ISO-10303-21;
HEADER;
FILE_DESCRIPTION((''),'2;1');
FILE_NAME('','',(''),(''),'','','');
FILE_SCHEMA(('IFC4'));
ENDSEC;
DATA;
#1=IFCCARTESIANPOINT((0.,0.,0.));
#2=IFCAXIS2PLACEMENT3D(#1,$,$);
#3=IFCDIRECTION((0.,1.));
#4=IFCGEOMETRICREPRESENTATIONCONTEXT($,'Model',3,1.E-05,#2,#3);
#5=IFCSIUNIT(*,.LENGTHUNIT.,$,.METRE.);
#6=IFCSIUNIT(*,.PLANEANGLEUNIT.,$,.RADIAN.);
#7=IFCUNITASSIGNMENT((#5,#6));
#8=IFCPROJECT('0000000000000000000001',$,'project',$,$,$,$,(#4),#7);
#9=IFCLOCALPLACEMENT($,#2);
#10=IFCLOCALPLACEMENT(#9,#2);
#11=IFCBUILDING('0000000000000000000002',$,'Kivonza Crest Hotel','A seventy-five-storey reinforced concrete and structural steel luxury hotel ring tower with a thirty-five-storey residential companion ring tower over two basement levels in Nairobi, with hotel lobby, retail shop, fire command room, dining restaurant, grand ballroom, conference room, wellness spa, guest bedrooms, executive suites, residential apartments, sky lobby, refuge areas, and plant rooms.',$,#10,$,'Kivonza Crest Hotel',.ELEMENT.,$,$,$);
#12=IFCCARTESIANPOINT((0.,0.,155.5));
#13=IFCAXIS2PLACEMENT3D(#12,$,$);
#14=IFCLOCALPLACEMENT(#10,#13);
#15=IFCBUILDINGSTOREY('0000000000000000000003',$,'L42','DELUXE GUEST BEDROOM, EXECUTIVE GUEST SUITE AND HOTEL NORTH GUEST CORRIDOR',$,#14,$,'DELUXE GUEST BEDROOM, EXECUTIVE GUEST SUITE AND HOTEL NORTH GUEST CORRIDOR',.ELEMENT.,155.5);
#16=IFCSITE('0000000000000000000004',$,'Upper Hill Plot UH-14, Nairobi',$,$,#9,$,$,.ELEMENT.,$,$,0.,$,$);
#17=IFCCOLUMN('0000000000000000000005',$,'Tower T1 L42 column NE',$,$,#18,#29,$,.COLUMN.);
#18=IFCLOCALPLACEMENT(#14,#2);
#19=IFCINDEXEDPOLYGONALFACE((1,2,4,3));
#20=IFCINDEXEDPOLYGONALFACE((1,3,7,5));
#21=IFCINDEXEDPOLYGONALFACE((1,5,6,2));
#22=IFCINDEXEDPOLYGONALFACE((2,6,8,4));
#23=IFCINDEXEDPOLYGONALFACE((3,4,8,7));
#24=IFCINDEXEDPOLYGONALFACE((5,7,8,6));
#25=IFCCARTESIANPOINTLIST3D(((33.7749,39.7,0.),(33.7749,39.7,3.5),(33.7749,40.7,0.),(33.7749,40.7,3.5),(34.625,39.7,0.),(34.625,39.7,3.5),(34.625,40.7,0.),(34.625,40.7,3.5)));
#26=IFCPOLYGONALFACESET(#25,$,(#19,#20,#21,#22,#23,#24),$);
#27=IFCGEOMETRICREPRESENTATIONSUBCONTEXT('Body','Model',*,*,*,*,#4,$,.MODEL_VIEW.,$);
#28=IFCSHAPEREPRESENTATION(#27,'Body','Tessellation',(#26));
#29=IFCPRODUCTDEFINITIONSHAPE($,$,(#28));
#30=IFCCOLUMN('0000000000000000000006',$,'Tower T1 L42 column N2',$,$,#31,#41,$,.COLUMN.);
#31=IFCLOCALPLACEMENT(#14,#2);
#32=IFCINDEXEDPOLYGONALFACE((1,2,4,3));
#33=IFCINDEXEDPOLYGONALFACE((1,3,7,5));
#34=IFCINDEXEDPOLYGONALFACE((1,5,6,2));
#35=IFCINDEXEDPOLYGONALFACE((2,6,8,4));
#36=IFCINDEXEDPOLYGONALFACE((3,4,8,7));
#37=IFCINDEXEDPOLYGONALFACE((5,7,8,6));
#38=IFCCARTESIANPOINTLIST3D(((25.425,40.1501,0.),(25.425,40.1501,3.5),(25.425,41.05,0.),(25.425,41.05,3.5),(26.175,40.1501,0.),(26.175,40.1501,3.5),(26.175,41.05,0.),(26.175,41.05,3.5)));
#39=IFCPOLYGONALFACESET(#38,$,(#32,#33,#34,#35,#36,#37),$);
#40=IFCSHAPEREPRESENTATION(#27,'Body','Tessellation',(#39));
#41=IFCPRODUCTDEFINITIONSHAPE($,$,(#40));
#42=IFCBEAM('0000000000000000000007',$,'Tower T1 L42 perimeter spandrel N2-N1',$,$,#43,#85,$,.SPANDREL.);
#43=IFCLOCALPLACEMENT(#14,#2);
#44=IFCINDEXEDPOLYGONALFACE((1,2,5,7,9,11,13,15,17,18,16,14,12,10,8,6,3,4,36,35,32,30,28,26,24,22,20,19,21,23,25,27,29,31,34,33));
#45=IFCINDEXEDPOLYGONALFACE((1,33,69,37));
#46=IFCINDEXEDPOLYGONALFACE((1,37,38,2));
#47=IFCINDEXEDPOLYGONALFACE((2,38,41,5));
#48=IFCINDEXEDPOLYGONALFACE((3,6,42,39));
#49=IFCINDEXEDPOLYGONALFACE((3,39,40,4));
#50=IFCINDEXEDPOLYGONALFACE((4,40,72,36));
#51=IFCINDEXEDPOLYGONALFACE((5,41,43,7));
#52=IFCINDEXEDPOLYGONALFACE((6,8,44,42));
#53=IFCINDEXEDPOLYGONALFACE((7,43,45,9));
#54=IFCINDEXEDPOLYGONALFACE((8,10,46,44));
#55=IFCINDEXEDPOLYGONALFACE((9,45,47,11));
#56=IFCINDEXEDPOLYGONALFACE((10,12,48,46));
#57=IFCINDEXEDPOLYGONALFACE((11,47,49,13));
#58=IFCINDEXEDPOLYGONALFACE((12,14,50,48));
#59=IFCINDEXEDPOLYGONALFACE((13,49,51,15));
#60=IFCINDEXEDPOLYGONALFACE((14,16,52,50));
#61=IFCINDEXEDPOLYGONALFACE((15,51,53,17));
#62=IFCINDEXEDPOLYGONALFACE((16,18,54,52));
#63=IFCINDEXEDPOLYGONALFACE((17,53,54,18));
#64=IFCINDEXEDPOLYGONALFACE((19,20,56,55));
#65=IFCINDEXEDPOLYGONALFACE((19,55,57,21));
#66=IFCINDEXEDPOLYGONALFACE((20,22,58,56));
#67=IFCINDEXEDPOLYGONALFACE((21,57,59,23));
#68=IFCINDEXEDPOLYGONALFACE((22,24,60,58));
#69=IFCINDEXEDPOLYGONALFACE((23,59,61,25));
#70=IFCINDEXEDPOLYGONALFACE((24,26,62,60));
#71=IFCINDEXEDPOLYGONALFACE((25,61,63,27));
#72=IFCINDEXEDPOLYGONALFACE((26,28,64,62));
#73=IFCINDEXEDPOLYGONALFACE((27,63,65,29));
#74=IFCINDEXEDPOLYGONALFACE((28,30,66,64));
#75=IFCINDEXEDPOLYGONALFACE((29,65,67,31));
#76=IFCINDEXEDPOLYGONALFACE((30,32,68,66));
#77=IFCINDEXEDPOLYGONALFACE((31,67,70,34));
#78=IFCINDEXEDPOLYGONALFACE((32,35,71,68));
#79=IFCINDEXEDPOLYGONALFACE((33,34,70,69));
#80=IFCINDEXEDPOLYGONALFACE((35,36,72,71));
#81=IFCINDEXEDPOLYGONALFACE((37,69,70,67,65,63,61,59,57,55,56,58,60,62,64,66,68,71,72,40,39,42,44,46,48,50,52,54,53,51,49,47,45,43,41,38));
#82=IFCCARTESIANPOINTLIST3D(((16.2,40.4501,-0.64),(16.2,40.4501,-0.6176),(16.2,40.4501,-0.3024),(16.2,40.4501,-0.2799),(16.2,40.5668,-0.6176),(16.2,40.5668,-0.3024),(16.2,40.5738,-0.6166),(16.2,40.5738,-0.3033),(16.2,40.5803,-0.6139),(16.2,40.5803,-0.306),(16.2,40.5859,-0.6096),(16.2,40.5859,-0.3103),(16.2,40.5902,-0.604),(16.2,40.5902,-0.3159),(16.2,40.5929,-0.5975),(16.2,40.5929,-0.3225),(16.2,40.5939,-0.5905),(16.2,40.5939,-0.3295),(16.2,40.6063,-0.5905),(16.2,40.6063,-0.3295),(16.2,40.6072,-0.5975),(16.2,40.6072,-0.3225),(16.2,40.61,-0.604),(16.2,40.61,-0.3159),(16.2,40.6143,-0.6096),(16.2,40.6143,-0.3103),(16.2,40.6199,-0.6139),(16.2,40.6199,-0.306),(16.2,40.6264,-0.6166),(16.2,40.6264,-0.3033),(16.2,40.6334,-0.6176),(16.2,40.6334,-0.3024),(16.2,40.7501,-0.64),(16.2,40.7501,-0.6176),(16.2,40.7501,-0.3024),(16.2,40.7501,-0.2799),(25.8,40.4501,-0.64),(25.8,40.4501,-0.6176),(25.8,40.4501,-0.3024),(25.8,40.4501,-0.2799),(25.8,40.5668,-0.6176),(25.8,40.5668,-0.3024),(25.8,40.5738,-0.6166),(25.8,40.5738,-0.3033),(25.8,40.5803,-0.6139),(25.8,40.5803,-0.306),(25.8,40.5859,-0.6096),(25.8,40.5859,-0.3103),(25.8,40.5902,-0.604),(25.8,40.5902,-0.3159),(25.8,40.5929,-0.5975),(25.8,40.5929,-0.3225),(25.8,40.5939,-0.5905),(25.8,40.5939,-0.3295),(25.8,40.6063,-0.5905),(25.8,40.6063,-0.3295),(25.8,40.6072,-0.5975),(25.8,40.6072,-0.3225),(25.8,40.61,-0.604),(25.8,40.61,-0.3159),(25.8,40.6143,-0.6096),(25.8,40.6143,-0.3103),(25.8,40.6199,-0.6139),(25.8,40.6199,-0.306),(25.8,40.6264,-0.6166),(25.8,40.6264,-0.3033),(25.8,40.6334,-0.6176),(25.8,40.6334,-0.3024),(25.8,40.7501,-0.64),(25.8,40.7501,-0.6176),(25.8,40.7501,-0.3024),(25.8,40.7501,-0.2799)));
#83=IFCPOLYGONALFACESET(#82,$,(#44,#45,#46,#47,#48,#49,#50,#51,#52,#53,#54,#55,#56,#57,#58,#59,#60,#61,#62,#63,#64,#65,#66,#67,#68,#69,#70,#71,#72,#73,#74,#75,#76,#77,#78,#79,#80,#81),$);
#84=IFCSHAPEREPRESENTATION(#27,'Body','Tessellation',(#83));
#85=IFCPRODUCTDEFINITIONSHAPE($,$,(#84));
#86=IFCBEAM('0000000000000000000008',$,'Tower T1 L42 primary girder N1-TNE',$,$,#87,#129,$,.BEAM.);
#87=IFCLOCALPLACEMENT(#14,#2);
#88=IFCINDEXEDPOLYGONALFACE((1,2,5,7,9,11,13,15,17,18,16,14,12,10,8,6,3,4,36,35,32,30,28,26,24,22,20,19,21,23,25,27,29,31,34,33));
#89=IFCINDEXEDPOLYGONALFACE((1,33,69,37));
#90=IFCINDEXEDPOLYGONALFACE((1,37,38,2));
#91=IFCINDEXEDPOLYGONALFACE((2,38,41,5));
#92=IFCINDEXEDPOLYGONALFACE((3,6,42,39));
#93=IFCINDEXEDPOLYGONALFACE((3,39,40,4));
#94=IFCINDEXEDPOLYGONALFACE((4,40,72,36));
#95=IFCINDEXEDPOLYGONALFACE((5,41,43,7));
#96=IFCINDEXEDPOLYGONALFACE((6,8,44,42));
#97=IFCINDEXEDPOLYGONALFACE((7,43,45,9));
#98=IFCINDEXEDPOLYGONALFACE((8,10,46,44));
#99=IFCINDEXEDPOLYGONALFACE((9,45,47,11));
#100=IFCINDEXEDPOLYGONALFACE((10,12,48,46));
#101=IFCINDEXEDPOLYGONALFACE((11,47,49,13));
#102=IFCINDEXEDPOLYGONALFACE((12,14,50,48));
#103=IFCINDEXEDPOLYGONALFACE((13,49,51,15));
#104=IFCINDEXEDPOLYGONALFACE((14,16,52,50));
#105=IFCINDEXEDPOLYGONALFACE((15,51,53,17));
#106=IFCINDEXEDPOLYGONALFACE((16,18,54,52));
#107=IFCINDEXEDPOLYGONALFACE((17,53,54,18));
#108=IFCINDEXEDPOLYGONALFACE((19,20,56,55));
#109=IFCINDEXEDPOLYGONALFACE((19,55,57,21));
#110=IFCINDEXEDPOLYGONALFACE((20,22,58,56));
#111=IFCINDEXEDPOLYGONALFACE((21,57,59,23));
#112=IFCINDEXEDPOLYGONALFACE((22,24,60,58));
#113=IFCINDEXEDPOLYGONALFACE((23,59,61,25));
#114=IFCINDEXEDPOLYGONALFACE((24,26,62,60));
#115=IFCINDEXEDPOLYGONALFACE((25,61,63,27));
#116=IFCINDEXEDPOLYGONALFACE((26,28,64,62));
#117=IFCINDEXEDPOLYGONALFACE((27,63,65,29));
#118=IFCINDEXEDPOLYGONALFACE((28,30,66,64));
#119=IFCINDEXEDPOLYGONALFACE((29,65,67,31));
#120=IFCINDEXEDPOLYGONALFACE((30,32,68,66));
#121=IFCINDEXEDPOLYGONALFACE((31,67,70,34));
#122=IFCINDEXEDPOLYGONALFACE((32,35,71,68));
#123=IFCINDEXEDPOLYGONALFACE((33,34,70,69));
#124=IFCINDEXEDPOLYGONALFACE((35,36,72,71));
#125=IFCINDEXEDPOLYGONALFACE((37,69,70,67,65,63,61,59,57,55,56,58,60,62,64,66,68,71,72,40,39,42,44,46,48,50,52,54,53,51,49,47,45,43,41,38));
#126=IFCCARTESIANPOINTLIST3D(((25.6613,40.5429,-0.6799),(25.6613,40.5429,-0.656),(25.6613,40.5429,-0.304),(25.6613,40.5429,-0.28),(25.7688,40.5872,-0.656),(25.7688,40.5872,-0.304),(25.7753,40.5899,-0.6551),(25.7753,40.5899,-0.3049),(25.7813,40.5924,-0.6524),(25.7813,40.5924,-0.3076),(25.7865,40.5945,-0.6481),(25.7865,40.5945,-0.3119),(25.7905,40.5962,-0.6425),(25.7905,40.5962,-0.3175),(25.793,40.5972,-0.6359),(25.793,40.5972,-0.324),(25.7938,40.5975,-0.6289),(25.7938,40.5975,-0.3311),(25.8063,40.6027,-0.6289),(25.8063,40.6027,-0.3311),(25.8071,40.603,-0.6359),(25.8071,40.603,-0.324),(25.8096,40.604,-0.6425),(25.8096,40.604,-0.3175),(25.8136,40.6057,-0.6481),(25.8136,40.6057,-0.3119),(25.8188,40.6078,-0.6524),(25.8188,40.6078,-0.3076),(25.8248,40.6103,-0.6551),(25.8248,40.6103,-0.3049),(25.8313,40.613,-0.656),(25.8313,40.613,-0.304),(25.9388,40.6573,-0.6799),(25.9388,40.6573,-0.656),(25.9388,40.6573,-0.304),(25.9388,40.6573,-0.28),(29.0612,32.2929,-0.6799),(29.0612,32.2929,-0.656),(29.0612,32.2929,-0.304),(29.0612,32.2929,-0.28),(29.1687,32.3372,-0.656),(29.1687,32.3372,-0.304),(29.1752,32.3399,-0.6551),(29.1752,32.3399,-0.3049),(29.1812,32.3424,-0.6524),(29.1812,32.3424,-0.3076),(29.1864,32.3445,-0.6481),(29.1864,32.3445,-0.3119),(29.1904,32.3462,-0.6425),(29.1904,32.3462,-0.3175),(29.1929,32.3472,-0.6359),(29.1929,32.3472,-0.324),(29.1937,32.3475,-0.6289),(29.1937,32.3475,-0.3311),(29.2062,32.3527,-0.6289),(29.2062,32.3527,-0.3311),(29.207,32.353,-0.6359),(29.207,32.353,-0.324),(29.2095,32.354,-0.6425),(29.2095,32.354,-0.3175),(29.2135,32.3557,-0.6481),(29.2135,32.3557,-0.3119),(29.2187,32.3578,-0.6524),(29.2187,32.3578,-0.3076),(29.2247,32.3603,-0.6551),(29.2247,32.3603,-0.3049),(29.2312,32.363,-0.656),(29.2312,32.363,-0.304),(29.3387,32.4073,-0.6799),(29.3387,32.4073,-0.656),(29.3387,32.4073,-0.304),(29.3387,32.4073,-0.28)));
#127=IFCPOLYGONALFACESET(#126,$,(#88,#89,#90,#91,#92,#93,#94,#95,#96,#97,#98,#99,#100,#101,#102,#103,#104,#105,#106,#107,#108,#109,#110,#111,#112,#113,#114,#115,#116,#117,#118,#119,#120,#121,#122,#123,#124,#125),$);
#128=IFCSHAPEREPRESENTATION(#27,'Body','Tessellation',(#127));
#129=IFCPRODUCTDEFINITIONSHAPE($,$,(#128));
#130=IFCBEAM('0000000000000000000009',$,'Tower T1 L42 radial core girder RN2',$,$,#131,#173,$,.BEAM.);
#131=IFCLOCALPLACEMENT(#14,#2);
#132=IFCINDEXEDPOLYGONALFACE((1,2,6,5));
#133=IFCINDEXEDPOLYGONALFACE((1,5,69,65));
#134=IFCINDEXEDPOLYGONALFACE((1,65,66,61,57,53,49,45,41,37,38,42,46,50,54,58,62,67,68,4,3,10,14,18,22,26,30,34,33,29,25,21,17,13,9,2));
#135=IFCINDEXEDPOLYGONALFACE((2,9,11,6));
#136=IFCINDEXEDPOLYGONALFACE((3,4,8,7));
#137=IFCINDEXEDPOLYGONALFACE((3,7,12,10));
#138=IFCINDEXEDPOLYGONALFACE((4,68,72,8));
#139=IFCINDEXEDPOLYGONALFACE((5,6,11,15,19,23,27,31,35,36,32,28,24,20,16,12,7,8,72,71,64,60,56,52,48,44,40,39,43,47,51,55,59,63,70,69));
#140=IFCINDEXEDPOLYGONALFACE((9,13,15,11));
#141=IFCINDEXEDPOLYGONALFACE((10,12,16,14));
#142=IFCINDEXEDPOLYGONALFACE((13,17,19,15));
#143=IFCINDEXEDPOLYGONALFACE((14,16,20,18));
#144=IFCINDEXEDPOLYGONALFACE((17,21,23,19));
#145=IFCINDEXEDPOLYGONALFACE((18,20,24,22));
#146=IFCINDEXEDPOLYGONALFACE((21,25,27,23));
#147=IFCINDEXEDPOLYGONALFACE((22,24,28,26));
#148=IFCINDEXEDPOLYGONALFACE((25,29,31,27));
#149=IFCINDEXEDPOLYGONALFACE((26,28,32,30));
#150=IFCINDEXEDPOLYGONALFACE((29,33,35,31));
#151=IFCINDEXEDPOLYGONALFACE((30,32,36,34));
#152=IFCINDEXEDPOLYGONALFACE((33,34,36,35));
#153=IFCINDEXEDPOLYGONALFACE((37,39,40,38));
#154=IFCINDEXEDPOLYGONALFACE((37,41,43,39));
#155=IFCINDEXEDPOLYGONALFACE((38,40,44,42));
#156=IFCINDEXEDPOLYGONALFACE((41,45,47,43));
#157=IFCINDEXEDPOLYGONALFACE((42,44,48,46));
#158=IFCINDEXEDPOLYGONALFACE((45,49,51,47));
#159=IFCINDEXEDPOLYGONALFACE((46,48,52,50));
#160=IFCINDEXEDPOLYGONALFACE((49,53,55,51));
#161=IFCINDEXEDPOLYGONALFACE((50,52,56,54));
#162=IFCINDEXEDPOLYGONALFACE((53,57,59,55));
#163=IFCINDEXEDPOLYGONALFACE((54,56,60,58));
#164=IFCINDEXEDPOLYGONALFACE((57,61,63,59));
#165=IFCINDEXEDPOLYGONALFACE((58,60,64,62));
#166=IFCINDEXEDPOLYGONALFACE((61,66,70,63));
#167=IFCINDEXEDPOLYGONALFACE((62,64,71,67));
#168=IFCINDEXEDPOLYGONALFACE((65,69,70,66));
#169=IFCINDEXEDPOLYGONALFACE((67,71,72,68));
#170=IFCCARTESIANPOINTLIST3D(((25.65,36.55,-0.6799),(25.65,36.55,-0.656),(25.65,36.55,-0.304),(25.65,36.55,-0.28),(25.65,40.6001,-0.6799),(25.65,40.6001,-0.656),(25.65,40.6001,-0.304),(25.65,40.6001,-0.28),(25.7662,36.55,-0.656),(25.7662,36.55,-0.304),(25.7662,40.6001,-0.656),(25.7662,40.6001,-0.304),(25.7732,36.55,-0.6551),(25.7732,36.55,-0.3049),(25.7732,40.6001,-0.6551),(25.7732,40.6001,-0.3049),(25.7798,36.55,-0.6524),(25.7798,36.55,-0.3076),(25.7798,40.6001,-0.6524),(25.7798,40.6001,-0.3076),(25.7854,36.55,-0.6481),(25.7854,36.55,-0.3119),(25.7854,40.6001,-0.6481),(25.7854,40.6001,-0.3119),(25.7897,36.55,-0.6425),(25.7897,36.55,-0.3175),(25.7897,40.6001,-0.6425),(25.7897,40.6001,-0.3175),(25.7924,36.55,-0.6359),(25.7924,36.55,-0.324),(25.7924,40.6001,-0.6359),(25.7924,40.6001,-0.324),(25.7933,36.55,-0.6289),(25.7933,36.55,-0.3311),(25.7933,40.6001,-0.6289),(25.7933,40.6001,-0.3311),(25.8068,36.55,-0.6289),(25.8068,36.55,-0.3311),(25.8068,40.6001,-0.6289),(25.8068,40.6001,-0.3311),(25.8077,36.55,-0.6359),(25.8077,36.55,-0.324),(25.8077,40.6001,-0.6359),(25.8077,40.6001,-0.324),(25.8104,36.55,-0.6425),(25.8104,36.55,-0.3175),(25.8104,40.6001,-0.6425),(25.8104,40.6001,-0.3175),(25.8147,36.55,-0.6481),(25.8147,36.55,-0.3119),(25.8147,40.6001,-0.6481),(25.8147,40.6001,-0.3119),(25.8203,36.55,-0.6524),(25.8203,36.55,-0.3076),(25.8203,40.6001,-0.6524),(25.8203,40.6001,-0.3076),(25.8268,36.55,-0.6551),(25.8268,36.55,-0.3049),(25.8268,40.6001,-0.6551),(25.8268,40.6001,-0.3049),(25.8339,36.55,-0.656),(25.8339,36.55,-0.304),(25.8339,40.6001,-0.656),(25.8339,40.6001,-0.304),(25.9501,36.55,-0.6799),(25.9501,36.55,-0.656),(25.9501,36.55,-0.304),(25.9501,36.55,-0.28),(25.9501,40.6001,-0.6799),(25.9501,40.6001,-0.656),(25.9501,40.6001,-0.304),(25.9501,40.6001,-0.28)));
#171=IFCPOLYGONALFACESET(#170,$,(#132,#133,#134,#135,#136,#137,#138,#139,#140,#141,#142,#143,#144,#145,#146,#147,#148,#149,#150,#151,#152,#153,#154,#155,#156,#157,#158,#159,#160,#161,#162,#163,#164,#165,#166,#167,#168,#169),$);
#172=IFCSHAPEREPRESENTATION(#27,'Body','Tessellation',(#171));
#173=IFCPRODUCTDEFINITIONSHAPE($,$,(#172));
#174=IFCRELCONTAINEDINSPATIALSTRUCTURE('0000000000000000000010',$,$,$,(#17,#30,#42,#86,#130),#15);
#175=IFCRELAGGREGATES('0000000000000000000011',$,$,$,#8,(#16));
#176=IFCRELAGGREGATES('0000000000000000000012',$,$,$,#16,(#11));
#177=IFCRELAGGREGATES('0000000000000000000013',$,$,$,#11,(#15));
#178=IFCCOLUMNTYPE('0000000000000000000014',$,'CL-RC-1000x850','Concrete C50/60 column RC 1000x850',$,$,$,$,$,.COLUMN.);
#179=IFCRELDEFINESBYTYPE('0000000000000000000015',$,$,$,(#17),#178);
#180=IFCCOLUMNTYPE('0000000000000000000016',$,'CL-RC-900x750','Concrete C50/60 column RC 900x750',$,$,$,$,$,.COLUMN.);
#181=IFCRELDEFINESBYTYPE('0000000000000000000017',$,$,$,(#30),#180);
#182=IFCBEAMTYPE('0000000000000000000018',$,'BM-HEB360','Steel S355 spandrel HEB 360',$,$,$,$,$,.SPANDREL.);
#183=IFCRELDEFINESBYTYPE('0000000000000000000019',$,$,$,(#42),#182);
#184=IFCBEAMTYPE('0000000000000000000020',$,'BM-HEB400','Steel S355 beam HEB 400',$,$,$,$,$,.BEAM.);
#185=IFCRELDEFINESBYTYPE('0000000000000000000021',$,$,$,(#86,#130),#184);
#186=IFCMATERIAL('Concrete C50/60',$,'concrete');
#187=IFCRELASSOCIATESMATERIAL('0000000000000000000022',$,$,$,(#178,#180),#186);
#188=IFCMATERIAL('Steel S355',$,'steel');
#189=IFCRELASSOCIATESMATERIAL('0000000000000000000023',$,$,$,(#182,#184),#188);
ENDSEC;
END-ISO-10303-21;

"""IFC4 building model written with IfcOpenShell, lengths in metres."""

from ifc_helpers import new_model, si_unit, direction, frame, origin, origin_2d, place, context, subcontext, project, spatial, rectangle, i_section, extrude, material, material_profile, profile_set, type_object, element, save


model = new_model("IFC4")

# Units and contexts
model_context = context("Model", 3, precision=1e-05, world=origin(), true_north=direction((0.0, 1.0)))
body_context = subcontext(model_context, "Body", "Model", "MODEL_VIEW")
ifc_project = project(units=[si_unit("LENGTHUNIT", "METRE"), si_unit("PLANEANGLEUNIT", "RADIAN")], contexts=[model_context])

# Site, building, storey
site_placement = place(None, origin())
site = spatial("IfcSite", under=ifc_project, at=site_placement, Name="Upper Hill Plot UH-14, Nairobi", CompositionType="ELEMENT", RefElevation=0.0)
building_placement = place(site_placement, origin())
building = spatial("IfcBuilding", under=site, at=building_placement, Name="Kivonza Crest Hotel", Description="A seventy-five-storey reinforced concrete and structural steel luxury hotel ring tower with a thirty-five-storey residential companion ring tower over two basement levels in Nairobi, with hotel lobby, retail shop, fire command room, dining restaurant, grand ballroom, conference room, wellness spa, guest bedrooms, executive suites, residential apartments, sky lobby, refuge areas, and plant rooms.", LongName="Kivonza Crest Hotel", CompositionType="ELEMENT")
storey_placement = place(building_placement, frame((0.0, 0.0, 155.5)))
storey = spatial("IfcBuildingStorey", under=building, at=storey_placement, Name="L42", Description="DELUXE GUEST BEDROOM, EXECUTIVE GUEST SUITE AND HOTEL NORTH GUEST CORRIDOR", LongName="DELUXE GUEST BEDROOM, EXECUTIVE GUEST SUITE AND HOTEL NORTH GUEST CORRIDOR", CompositionType="ELEMENT", Elevation=155.5)

# Columns
ifc_material_1 = material(Name="Concrete C50/60", Category="concrete")
ifc_material_profile_1 = material_profile(ifc_material_1, rectangle(XDim=0.8501, YDim=1.0, at=origin_2d()), Name="RC 1000x850")
ifc_profile_set_1 = profile_set([ifc_material_profile_1], Name="Concrete C50/60")
column_type_1 = type_object("IfcColumnType", Name="CL-RC-1000x850", Description="Concrete C50/60 column RC 1000x850", PredefinedType="COLUMN", material=ifc_profile_set_1)
column_1_placement = place(storey_placement, frame((34.2, 40.2, 0.0), z_axis=(0.0, 0.0, 1.0), x_axis=(1.0, 0.0, 0.0)))
element("IfcColumn", 1, at=column_1_placement, inside=storey, type_object=column_type_1, Name="Tower T1 L42 column NE", PredefinedType="COLUMN", context=body_context, shape_type="SweptSolid", body=[
    extrude(rectangle(XDim=0.8501, YDim=1.0, at=origin_2d()), origin(), (0.0, 0.0, 1.0), 3.5),
])
ifc_material_profile_2 = material_profile(ifc_material_1, rectangle(XDim=0.75, YDim=0.8999, at=origin_2d()), Name="RC 900x750")
ifc_profile_set_2 = profile_set([ifc_material_profile_2], Name="Concrete C50/60")
column_type_2 = type_object("IfcColumnType", Name="CL-RC-900x750", Description="Concrete C50/60 column RC 900x750", PredefinedType="COLUMN", material=ifc_profile_set_2)
column_2_placement = place(storey_placement, frame((25.8, 40.6001, 0.0), z_axis=(0.0, 0.0, 1.0), x_axis=(1.0, 0.0, 0.0)))
element("IfcColumn", 2, at=column_2_placement, inside=storey, type_object=column_type_2, Name="Tower T1 L42 column N2", PredefinedType="COLUMN", context=body_context, shape_type="SweptSolid", body=[
    extrude(rectangle(XDim=0.75, YDim=0.8999, at=origin_2d()), origin(), (0.0, 0.0, 1.0), 3.5),
])

# Beams
ifc_material_2 = material(Name="Steel S355", Category="steel")
ifc_material_profile_3 = material_profile(ifc_material_2, i_section(OverallWidth=0.3, OverallDepth=0.3601, WebThickness=0.0125, FlangeThickness=0.0225, FilletRadius=0.0271, at=origin_2d()), Name="HEB 360")
ifc_profile_set_3 = profile_set([ifc_material_profile_3], Name="Steel S355")
beam_type_1 = type_object("IfcBeamType", Name="BM-HEB360", Description="Steel S355 spandrel HEB 360", PredefinedType="SPANDREL", material=ifc_profile_set_3)
beam_1_placement = place(storey_placement, frame((25.8, 40.6001, -0.46), z_axis=(-1.0, 0.0, 0.0), x_axis=(0.0, -1.0, 0.0)))
element("IfcBeam", 3, at=beam_1_placement, inside=storey, type_object=beam_type_1, Name="Tower T1 L42 perimeter spandrel N2-N1", PredefinedType="SPANDREL", context=body_context, shape_type="SweptSolid", body=[
    extrude(i_section(OverallWidth=0.3, OverallDepth=0.3601, WebThickness=0.0125, FlangeThickness=0.0225, FilletRadius=0.0271, at=origin_2d()), origin(), (0.0, 0.0, 1.0), 9.6001),
])
ifc_material_profile_4 = material_profile(ifc_material_2, i_section(OverallWidth=0.3, OverallDepth=0.3999, WebThickness=0.0134, FlangeThickness=0.0239, FilletRadius=0.0271, at=origin_2d()), Name="HEB 400")
ifc_profile_set_4 = profile_set([ifc_material_profile_4], Name="Steel S355")
beam_type_2 = type_object("IfcBeamType", Name="BM-HEB400", Description="Steel S355 beam HEB 400", PredefinedType="BEAM", material=ifc_profile_set_4)
beam_2_placement = place(storey_placement, frame((25.8, 40.6001, -0.48), z_axis=(0.381022, -0.924566, 0.0), x_axis=(0.924566, 0.381022, 0.0)))
element("IfcBeam", 4, at=beam_2_placement, inside=storey, type_object=beam_type_2, Name="Tower T1 L42 primary girder N1-TNE", PredefinedType="BEAM", context=body_context, shape_type="SweptSolid", body=[
    extrude(i_section(OverallWidth=0.3, OverallDepth=0.3999, WebThickness=0.0134, FlangeThickness=0.0239, FilletRadius=0.0271, at=origin_2d()), origin(), (0.0, 0.0, 1.0), 8.9231),
])
beam_3_placement = place(storey_placement, frame((25.8, 40.6001, -0.48), z_axis=(0.0, -1.0, 0.0), x_axis=(1.0, 0.0, 0.0)))
element("IfcBeam", 5, at=beam_3_placement, inside=storey, type_object=beam_type_2, Name="Tower T1 L42 radial core girder RN2", PredefinedType="BEAM", context=body_context, shape_type="SweptSolid", body=[
    extrude(i_section(OverallWidth=0.3, OverallDepth=0.3999, WebThickness=0.0134, FlangeThickness=0.0239, FilletRadius=0.0271, at=origin_2d()), origin(), (0.0, 0.0, 1.0), 4.05),
])

save(model, "model.ifc")
